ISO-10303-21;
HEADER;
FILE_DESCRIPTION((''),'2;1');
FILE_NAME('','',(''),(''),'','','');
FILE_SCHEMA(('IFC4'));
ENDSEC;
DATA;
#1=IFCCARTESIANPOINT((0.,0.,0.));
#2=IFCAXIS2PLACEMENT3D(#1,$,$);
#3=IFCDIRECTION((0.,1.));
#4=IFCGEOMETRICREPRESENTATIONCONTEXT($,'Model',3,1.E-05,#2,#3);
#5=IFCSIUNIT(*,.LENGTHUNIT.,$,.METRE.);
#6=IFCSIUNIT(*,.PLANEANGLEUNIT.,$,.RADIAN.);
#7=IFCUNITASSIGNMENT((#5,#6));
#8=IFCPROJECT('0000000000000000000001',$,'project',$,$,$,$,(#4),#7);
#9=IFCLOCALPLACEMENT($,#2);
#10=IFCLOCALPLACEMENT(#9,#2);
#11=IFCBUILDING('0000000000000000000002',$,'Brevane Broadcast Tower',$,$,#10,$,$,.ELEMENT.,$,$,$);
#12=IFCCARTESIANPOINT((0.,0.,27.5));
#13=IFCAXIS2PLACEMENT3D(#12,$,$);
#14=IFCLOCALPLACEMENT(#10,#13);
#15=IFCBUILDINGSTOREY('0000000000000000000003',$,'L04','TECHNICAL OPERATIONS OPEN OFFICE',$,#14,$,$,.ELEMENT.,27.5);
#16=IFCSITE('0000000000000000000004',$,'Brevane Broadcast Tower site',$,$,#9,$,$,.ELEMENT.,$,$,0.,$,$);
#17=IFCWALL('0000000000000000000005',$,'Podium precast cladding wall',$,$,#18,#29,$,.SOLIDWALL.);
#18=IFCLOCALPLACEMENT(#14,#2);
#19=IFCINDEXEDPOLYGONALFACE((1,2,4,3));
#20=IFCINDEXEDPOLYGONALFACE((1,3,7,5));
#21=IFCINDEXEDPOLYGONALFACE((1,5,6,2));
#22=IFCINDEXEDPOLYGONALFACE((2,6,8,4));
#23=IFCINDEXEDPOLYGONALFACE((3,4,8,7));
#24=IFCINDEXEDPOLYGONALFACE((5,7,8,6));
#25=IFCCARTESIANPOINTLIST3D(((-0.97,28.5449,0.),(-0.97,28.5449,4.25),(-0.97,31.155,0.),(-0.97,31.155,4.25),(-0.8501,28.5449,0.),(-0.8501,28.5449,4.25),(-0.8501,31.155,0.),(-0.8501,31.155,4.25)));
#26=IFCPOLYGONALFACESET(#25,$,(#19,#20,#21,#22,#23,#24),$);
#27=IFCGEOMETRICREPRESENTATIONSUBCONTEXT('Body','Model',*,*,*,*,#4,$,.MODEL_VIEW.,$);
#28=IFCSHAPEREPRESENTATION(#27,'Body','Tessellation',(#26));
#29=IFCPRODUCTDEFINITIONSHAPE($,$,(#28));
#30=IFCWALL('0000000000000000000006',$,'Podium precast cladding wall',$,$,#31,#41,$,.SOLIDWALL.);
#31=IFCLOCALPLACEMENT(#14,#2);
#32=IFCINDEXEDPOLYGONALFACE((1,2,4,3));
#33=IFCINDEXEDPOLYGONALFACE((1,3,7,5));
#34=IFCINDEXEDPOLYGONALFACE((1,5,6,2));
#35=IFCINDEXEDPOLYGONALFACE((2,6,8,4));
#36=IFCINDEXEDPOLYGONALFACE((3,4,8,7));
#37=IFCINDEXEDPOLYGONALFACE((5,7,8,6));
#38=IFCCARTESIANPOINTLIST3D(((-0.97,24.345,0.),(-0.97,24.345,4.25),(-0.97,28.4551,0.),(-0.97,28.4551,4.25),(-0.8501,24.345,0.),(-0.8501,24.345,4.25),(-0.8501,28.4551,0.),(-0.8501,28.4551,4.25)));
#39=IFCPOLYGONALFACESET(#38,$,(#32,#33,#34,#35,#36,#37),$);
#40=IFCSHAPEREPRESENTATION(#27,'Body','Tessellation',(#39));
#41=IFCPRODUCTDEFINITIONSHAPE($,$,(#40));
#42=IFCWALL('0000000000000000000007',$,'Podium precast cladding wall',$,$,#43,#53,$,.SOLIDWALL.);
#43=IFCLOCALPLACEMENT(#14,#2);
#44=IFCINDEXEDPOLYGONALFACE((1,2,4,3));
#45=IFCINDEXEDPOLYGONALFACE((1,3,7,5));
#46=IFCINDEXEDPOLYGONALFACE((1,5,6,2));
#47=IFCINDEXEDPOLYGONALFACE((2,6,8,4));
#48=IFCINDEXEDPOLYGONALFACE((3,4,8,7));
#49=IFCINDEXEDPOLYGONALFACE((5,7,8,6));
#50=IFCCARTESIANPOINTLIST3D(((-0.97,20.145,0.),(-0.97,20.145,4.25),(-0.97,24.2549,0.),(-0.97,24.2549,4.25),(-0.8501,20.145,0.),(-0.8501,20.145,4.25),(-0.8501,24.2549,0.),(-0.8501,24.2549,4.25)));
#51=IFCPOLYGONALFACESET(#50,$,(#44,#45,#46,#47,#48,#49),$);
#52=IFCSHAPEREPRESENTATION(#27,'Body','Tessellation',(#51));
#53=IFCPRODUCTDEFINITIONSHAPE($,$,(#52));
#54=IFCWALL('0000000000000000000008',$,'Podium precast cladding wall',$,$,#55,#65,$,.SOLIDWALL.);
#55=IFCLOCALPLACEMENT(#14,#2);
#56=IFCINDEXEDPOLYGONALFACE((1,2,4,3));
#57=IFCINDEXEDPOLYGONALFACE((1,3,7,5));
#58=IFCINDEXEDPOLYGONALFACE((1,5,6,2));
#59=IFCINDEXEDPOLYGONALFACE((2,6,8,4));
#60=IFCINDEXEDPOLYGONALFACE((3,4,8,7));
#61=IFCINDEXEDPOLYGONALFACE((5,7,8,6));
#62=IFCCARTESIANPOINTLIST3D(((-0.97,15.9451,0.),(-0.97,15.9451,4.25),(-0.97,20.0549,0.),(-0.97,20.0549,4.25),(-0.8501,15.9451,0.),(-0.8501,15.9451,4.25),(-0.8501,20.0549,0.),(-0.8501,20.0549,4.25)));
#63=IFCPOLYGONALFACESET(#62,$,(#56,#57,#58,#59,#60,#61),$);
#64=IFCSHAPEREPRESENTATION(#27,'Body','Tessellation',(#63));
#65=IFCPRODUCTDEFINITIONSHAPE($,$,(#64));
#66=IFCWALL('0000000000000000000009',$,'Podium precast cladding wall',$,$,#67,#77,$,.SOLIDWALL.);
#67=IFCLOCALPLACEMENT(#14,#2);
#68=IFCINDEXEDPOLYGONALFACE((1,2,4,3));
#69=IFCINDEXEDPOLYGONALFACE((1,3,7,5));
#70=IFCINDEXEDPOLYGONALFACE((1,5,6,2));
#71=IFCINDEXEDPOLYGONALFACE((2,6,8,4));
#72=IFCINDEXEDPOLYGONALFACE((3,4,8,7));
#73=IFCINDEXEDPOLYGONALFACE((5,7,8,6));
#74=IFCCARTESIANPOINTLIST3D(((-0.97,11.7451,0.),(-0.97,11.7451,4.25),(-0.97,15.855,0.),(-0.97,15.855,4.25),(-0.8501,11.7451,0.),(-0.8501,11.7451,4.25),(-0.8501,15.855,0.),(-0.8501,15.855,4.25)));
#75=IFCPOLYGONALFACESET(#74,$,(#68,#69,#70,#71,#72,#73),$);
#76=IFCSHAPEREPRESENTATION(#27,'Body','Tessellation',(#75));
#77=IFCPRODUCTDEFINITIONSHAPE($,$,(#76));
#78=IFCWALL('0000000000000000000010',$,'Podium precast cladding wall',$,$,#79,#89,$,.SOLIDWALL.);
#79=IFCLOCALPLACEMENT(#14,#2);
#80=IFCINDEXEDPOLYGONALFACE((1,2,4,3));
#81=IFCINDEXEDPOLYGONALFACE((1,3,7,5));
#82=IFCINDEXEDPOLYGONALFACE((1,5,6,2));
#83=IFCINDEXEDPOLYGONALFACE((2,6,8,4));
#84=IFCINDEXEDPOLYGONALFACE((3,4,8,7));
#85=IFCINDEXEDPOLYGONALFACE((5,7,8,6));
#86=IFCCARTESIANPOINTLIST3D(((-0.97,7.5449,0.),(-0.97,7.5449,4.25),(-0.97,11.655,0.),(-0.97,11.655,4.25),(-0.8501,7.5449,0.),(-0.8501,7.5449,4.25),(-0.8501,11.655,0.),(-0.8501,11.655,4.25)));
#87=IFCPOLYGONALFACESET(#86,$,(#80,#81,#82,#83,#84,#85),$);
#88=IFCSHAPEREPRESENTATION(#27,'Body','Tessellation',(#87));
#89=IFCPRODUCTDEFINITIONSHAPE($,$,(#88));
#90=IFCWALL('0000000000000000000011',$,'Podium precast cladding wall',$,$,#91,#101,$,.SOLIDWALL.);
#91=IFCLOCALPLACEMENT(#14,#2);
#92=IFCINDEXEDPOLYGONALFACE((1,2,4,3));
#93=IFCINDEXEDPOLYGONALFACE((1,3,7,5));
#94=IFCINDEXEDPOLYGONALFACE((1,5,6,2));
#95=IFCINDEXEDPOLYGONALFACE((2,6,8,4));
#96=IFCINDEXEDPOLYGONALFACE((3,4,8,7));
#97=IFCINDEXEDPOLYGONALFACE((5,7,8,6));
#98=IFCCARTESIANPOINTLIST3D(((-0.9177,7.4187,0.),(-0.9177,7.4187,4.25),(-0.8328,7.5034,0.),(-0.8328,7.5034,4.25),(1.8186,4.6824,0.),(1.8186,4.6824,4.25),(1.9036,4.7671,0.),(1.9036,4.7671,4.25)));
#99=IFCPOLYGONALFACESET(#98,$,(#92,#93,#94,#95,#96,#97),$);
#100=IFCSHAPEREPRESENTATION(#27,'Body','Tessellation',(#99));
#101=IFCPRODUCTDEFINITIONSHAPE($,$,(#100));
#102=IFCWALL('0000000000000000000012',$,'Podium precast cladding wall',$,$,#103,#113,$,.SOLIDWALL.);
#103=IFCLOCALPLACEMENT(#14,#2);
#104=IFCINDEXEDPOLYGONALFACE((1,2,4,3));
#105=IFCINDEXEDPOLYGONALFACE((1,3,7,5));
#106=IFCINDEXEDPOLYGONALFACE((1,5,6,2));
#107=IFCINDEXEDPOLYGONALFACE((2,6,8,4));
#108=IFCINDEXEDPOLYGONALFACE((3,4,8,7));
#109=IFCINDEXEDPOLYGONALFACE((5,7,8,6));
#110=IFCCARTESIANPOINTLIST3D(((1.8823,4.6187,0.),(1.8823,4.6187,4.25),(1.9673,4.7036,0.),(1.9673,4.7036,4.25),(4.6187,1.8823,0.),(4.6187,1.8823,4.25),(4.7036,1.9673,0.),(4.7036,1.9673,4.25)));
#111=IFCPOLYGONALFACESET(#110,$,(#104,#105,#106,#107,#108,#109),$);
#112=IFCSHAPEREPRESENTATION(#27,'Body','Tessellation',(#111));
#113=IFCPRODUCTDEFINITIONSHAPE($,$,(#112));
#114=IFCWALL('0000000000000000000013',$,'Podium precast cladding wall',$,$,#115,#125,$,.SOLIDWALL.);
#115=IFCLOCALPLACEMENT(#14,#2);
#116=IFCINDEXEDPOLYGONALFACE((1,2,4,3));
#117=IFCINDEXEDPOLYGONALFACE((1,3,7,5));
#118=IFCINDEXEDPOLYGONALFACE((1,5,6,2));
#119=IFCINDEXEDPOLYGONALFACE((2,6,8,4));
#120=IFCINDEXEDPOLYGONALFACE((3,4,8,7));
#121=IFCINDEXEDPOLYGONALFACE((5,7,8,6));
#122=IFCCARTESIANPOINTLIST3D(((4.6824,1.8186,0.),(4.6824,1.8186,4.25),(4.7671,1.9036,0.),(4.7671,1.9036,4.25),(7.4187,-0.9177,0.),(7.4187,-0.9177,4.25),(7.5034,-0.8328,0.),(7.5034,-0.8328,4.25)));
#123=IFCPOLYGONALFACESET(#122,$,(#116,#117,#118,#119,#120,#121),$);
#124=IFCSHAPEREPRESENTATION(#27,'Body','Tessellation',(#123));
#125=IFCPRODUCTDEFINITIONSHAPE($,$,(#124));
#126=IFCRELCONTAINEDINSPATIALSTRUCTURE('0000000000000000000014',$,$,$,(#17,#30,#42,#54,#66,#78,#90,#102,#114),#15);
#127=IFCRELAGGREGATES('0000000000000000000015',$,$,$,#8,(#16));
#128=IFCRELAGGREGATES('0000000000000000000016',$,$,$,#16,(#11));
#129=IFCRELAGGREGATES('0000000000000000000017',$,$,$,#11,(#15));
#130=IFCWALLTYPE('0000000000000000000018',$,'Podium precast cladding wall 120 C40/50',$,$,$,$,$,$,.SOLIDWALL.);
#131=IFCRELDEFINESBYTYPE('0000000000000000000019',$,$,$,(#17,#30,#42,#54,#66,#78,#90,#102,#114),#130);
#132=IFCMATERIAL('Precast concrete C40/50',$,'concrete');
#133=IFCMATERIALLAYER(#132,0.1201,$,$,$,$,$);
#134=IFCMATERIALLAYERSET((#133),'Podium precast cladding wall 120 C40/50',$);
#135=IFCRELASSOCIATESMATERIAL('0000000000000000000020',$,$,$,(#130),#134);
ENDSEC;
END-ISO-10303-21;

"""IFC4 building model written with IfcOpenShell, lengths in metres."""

from ifc_helpers import new_model, si_unit, direction, frame, origin, place, context, subcontext, project, spatial, polyline, outline, extrude, material, layer, layer_set, type_object, element, save


model = new_model("IFC4")

# Units and contexts
model_context = context("Model", 3, precision=1e-05, world=origin(), true_north=direction((0.0, 1.0)))
body_context = subcontext(model_context, "Body", "Model", "MODEL_VIEW")
ifc_project = project(units=[si_unit("LENGTHUNIT", "METRE"), si_unit("PLANEANGLEUNIT", "RADIAN")], contexts=[model_context])

# Site, building, storey
site_placement = place(None, origin())
site = spatial("IfcSite", under=ifc_project, at=site_placement, Name="Brevane Broadcast Tower site", CompositionType="ELEMENT", RefElevation=0.0)
building_placement = place(site_placement, origin())
building = spatial("IfcBuilding", under=site, at=building_placement, Name="Brevane Broadcast Tower", CompositionType="ELEMENT")
storey_placement = place(building_placement, frame((0.0, 0.0, 27.5)))
storey = spatial("IfcBuildingStorey", under=building, at=storey_placement, Name="L04", Description="TECHNICAL OPERATIONS OPEN OFFICE", CompositionType="ELEMENT", Elevation=27.5)

# Walls
ifc_material_1 = material(Name="Precast concrete C40/50", Category="concrete")
ifc_layer_1 = layer(ifc_material_1, 0.1201)
ifc_layer_set_1 = layer_set([ifc_layer_1], Name="Podium precast cladding wall 120 C40/50")
wall_type_1 = type_object("IfcWallType", Name="Podium precast cladding wall 120 C40/50", PredefinedType="SOLIDWALL", material=ifc_layer_set_1)
wall_1_placement = place(storey_placement, origin())
element("IfcWall", 1, at=wall_1_placement, inside=storey, type_object=wall_type_1, Name="Podium precast cladding wall", PredefinedType="SOLIDWALL", context=body_context, shape_type="SweptSolid", body=[
    extrude(outline(polyline([(-0.97, 28.5449), (-0.8501, 28.5449), (-0.8501, 31.155), (-0.97, 31.155), (-0.97, 28.5449)])), origin(), (0.0, 0.0, 1.0), 4.25),
])
wall_2_placement = place(storey_placement, origin())
element("IfcWall", 2, at=wall_2_placement, inside=storey, type_object=wall_type_1, Name="Podium precast cladding wall", PredefinedType="SOLIDWALL", context=body_context, shape_type="SweptSolid", body=[
    extrude(outline(polyline([(-0.97, 24.345), (-0.8501, 24.345), (-0.8501, 28.4551), (-0.97, 28.4551), (-0.97, 24.345)])), origin(), (0.0, 0.0, 1.0), 4.25),
])
wall_3_placement = place(storey_placement, origin())
element("IfcWall", 3, at=wall_3_placement, inside=storey, type_object=wall_type_1, Name="Podium precast cladding wall", PredefinedType="SOLIDWALL", context=body_context, shape_type="SweptSolid", body=[
    extrude(outline(polyline([(-0.97, 20.145), (-0.8501, 20.145), (-0.8501, 24.2549), (-0.97, 24.2549), (-0.97, 20.145)])), origin(), (0.0, 0.0, 1.0), 4.25),
])
wall_4_placement = place(storey_placement, origin())
element("IfcWall", 4, at=wall_4_placement, inside=storey, type_object=wall_type_1, Name="Podium precast cladding wall", PredefinedType="SOLIDWALL", context=body_context, shape_type="SweptSolid", body=[
    extrude(outline(polyline([(-0.97, 15.9451), (-0.8501, 15.9451), (-0.8501, 20.0549), (-0.97, 20.0549), (-0.97, 15.9451)])), origin(), (0.0, 0.0, 1.0), 4.25),
])
wall_5_placement = place(storey_placement, origin())
element("IfcWall", 5, at=wall_5_placement, inside=storey, type_object=wall_type_1, Name="Podium precast cladding wall", PredefinedType="SOLIDWALL", context=body_context, shape_type="SweptSolid", body=[
    extrude(outline(polyline([(-0.97, 11.7451), (-0.8501, 11.7451), (-0.8501, 15.855), (-0.97, 15.855), (-0.97, 11.7451)])), origin(), (0.0, 0.0, 1.0), 4.25),
])
wall_6_placement = place(storey_placement, origin())
element("IfcWall", 6, at=wall_6_placement, inside=storey, type_object=wall_type_1, Name="Podium precast cladding wall", PredefinedType="SOLIDWALL", context=body_context, shape_type="SweptSolid", body=[
    extrude(outline(polyline([(-0.97, 7.5449), (-0.8501, 7.5449), (-0.8501, 11.655), (-0.97, 11.655), (-0.97, 7.5449)])), origin(), (0.0, 0.0, 1.0), 4.25),
])
wall_7_placement = place(storey_placement, origin())
element("IfcWall", 7, at=wall_7_placement, inside=storey, type_object=wall_type_1, Name="Podium precast cladding wall", PredefinedType="SOLIDWALL", context=body_context, shape_type="SweptSolid", body=[
    extrude(outline(polyline([(-0.8328, 7.5034), (-0.9177, 7.4187), (1.8186, 4.6824), (1.9036, 4.7671), (-0.8328, 7.5034)])), origin(), (0.0, 0.0, 1.0), 4.25),
])
wall_8_placement = place(storey_placement, origin())
element("IfcWall", 8, at=wall_8_placement, inside=storey, type_object=wall_type_1, Name="Podium precast cladding wall", PredefinedType="SOLIDWALL", context=body_context, shape_type="SweptSolid", body=[
    extrude(outline(polyline([(1.9673, 4.7036), (4.7036, 1.9673), (4.6187, 1.8823), (1.8823, 4.6187), (1.9673, 4.7036)])), origin(), (0.0, 0.0, 1.0), 4.25),
])
wall_9_placement = place(storey_placement, origin())
element("IfcWall", 9, at=wall_9_placement, inside=storey, type_object=wall_type_1, Name="Podium precast cladding wall", PredefinedType="SOLIDWALL", context=body_context, shape_type="SweptSolid", body=[
    extrude(outline(polyline([(4.7671, 1.9036), (7.5034, -0.8328), (7.4187, -0.9177), (4.6824, 1.8186), (4.7671, 1.9036)])), origin(), (0.0, 0.0, 1.0), 4.25),
])

save(model, "model.ifc")
